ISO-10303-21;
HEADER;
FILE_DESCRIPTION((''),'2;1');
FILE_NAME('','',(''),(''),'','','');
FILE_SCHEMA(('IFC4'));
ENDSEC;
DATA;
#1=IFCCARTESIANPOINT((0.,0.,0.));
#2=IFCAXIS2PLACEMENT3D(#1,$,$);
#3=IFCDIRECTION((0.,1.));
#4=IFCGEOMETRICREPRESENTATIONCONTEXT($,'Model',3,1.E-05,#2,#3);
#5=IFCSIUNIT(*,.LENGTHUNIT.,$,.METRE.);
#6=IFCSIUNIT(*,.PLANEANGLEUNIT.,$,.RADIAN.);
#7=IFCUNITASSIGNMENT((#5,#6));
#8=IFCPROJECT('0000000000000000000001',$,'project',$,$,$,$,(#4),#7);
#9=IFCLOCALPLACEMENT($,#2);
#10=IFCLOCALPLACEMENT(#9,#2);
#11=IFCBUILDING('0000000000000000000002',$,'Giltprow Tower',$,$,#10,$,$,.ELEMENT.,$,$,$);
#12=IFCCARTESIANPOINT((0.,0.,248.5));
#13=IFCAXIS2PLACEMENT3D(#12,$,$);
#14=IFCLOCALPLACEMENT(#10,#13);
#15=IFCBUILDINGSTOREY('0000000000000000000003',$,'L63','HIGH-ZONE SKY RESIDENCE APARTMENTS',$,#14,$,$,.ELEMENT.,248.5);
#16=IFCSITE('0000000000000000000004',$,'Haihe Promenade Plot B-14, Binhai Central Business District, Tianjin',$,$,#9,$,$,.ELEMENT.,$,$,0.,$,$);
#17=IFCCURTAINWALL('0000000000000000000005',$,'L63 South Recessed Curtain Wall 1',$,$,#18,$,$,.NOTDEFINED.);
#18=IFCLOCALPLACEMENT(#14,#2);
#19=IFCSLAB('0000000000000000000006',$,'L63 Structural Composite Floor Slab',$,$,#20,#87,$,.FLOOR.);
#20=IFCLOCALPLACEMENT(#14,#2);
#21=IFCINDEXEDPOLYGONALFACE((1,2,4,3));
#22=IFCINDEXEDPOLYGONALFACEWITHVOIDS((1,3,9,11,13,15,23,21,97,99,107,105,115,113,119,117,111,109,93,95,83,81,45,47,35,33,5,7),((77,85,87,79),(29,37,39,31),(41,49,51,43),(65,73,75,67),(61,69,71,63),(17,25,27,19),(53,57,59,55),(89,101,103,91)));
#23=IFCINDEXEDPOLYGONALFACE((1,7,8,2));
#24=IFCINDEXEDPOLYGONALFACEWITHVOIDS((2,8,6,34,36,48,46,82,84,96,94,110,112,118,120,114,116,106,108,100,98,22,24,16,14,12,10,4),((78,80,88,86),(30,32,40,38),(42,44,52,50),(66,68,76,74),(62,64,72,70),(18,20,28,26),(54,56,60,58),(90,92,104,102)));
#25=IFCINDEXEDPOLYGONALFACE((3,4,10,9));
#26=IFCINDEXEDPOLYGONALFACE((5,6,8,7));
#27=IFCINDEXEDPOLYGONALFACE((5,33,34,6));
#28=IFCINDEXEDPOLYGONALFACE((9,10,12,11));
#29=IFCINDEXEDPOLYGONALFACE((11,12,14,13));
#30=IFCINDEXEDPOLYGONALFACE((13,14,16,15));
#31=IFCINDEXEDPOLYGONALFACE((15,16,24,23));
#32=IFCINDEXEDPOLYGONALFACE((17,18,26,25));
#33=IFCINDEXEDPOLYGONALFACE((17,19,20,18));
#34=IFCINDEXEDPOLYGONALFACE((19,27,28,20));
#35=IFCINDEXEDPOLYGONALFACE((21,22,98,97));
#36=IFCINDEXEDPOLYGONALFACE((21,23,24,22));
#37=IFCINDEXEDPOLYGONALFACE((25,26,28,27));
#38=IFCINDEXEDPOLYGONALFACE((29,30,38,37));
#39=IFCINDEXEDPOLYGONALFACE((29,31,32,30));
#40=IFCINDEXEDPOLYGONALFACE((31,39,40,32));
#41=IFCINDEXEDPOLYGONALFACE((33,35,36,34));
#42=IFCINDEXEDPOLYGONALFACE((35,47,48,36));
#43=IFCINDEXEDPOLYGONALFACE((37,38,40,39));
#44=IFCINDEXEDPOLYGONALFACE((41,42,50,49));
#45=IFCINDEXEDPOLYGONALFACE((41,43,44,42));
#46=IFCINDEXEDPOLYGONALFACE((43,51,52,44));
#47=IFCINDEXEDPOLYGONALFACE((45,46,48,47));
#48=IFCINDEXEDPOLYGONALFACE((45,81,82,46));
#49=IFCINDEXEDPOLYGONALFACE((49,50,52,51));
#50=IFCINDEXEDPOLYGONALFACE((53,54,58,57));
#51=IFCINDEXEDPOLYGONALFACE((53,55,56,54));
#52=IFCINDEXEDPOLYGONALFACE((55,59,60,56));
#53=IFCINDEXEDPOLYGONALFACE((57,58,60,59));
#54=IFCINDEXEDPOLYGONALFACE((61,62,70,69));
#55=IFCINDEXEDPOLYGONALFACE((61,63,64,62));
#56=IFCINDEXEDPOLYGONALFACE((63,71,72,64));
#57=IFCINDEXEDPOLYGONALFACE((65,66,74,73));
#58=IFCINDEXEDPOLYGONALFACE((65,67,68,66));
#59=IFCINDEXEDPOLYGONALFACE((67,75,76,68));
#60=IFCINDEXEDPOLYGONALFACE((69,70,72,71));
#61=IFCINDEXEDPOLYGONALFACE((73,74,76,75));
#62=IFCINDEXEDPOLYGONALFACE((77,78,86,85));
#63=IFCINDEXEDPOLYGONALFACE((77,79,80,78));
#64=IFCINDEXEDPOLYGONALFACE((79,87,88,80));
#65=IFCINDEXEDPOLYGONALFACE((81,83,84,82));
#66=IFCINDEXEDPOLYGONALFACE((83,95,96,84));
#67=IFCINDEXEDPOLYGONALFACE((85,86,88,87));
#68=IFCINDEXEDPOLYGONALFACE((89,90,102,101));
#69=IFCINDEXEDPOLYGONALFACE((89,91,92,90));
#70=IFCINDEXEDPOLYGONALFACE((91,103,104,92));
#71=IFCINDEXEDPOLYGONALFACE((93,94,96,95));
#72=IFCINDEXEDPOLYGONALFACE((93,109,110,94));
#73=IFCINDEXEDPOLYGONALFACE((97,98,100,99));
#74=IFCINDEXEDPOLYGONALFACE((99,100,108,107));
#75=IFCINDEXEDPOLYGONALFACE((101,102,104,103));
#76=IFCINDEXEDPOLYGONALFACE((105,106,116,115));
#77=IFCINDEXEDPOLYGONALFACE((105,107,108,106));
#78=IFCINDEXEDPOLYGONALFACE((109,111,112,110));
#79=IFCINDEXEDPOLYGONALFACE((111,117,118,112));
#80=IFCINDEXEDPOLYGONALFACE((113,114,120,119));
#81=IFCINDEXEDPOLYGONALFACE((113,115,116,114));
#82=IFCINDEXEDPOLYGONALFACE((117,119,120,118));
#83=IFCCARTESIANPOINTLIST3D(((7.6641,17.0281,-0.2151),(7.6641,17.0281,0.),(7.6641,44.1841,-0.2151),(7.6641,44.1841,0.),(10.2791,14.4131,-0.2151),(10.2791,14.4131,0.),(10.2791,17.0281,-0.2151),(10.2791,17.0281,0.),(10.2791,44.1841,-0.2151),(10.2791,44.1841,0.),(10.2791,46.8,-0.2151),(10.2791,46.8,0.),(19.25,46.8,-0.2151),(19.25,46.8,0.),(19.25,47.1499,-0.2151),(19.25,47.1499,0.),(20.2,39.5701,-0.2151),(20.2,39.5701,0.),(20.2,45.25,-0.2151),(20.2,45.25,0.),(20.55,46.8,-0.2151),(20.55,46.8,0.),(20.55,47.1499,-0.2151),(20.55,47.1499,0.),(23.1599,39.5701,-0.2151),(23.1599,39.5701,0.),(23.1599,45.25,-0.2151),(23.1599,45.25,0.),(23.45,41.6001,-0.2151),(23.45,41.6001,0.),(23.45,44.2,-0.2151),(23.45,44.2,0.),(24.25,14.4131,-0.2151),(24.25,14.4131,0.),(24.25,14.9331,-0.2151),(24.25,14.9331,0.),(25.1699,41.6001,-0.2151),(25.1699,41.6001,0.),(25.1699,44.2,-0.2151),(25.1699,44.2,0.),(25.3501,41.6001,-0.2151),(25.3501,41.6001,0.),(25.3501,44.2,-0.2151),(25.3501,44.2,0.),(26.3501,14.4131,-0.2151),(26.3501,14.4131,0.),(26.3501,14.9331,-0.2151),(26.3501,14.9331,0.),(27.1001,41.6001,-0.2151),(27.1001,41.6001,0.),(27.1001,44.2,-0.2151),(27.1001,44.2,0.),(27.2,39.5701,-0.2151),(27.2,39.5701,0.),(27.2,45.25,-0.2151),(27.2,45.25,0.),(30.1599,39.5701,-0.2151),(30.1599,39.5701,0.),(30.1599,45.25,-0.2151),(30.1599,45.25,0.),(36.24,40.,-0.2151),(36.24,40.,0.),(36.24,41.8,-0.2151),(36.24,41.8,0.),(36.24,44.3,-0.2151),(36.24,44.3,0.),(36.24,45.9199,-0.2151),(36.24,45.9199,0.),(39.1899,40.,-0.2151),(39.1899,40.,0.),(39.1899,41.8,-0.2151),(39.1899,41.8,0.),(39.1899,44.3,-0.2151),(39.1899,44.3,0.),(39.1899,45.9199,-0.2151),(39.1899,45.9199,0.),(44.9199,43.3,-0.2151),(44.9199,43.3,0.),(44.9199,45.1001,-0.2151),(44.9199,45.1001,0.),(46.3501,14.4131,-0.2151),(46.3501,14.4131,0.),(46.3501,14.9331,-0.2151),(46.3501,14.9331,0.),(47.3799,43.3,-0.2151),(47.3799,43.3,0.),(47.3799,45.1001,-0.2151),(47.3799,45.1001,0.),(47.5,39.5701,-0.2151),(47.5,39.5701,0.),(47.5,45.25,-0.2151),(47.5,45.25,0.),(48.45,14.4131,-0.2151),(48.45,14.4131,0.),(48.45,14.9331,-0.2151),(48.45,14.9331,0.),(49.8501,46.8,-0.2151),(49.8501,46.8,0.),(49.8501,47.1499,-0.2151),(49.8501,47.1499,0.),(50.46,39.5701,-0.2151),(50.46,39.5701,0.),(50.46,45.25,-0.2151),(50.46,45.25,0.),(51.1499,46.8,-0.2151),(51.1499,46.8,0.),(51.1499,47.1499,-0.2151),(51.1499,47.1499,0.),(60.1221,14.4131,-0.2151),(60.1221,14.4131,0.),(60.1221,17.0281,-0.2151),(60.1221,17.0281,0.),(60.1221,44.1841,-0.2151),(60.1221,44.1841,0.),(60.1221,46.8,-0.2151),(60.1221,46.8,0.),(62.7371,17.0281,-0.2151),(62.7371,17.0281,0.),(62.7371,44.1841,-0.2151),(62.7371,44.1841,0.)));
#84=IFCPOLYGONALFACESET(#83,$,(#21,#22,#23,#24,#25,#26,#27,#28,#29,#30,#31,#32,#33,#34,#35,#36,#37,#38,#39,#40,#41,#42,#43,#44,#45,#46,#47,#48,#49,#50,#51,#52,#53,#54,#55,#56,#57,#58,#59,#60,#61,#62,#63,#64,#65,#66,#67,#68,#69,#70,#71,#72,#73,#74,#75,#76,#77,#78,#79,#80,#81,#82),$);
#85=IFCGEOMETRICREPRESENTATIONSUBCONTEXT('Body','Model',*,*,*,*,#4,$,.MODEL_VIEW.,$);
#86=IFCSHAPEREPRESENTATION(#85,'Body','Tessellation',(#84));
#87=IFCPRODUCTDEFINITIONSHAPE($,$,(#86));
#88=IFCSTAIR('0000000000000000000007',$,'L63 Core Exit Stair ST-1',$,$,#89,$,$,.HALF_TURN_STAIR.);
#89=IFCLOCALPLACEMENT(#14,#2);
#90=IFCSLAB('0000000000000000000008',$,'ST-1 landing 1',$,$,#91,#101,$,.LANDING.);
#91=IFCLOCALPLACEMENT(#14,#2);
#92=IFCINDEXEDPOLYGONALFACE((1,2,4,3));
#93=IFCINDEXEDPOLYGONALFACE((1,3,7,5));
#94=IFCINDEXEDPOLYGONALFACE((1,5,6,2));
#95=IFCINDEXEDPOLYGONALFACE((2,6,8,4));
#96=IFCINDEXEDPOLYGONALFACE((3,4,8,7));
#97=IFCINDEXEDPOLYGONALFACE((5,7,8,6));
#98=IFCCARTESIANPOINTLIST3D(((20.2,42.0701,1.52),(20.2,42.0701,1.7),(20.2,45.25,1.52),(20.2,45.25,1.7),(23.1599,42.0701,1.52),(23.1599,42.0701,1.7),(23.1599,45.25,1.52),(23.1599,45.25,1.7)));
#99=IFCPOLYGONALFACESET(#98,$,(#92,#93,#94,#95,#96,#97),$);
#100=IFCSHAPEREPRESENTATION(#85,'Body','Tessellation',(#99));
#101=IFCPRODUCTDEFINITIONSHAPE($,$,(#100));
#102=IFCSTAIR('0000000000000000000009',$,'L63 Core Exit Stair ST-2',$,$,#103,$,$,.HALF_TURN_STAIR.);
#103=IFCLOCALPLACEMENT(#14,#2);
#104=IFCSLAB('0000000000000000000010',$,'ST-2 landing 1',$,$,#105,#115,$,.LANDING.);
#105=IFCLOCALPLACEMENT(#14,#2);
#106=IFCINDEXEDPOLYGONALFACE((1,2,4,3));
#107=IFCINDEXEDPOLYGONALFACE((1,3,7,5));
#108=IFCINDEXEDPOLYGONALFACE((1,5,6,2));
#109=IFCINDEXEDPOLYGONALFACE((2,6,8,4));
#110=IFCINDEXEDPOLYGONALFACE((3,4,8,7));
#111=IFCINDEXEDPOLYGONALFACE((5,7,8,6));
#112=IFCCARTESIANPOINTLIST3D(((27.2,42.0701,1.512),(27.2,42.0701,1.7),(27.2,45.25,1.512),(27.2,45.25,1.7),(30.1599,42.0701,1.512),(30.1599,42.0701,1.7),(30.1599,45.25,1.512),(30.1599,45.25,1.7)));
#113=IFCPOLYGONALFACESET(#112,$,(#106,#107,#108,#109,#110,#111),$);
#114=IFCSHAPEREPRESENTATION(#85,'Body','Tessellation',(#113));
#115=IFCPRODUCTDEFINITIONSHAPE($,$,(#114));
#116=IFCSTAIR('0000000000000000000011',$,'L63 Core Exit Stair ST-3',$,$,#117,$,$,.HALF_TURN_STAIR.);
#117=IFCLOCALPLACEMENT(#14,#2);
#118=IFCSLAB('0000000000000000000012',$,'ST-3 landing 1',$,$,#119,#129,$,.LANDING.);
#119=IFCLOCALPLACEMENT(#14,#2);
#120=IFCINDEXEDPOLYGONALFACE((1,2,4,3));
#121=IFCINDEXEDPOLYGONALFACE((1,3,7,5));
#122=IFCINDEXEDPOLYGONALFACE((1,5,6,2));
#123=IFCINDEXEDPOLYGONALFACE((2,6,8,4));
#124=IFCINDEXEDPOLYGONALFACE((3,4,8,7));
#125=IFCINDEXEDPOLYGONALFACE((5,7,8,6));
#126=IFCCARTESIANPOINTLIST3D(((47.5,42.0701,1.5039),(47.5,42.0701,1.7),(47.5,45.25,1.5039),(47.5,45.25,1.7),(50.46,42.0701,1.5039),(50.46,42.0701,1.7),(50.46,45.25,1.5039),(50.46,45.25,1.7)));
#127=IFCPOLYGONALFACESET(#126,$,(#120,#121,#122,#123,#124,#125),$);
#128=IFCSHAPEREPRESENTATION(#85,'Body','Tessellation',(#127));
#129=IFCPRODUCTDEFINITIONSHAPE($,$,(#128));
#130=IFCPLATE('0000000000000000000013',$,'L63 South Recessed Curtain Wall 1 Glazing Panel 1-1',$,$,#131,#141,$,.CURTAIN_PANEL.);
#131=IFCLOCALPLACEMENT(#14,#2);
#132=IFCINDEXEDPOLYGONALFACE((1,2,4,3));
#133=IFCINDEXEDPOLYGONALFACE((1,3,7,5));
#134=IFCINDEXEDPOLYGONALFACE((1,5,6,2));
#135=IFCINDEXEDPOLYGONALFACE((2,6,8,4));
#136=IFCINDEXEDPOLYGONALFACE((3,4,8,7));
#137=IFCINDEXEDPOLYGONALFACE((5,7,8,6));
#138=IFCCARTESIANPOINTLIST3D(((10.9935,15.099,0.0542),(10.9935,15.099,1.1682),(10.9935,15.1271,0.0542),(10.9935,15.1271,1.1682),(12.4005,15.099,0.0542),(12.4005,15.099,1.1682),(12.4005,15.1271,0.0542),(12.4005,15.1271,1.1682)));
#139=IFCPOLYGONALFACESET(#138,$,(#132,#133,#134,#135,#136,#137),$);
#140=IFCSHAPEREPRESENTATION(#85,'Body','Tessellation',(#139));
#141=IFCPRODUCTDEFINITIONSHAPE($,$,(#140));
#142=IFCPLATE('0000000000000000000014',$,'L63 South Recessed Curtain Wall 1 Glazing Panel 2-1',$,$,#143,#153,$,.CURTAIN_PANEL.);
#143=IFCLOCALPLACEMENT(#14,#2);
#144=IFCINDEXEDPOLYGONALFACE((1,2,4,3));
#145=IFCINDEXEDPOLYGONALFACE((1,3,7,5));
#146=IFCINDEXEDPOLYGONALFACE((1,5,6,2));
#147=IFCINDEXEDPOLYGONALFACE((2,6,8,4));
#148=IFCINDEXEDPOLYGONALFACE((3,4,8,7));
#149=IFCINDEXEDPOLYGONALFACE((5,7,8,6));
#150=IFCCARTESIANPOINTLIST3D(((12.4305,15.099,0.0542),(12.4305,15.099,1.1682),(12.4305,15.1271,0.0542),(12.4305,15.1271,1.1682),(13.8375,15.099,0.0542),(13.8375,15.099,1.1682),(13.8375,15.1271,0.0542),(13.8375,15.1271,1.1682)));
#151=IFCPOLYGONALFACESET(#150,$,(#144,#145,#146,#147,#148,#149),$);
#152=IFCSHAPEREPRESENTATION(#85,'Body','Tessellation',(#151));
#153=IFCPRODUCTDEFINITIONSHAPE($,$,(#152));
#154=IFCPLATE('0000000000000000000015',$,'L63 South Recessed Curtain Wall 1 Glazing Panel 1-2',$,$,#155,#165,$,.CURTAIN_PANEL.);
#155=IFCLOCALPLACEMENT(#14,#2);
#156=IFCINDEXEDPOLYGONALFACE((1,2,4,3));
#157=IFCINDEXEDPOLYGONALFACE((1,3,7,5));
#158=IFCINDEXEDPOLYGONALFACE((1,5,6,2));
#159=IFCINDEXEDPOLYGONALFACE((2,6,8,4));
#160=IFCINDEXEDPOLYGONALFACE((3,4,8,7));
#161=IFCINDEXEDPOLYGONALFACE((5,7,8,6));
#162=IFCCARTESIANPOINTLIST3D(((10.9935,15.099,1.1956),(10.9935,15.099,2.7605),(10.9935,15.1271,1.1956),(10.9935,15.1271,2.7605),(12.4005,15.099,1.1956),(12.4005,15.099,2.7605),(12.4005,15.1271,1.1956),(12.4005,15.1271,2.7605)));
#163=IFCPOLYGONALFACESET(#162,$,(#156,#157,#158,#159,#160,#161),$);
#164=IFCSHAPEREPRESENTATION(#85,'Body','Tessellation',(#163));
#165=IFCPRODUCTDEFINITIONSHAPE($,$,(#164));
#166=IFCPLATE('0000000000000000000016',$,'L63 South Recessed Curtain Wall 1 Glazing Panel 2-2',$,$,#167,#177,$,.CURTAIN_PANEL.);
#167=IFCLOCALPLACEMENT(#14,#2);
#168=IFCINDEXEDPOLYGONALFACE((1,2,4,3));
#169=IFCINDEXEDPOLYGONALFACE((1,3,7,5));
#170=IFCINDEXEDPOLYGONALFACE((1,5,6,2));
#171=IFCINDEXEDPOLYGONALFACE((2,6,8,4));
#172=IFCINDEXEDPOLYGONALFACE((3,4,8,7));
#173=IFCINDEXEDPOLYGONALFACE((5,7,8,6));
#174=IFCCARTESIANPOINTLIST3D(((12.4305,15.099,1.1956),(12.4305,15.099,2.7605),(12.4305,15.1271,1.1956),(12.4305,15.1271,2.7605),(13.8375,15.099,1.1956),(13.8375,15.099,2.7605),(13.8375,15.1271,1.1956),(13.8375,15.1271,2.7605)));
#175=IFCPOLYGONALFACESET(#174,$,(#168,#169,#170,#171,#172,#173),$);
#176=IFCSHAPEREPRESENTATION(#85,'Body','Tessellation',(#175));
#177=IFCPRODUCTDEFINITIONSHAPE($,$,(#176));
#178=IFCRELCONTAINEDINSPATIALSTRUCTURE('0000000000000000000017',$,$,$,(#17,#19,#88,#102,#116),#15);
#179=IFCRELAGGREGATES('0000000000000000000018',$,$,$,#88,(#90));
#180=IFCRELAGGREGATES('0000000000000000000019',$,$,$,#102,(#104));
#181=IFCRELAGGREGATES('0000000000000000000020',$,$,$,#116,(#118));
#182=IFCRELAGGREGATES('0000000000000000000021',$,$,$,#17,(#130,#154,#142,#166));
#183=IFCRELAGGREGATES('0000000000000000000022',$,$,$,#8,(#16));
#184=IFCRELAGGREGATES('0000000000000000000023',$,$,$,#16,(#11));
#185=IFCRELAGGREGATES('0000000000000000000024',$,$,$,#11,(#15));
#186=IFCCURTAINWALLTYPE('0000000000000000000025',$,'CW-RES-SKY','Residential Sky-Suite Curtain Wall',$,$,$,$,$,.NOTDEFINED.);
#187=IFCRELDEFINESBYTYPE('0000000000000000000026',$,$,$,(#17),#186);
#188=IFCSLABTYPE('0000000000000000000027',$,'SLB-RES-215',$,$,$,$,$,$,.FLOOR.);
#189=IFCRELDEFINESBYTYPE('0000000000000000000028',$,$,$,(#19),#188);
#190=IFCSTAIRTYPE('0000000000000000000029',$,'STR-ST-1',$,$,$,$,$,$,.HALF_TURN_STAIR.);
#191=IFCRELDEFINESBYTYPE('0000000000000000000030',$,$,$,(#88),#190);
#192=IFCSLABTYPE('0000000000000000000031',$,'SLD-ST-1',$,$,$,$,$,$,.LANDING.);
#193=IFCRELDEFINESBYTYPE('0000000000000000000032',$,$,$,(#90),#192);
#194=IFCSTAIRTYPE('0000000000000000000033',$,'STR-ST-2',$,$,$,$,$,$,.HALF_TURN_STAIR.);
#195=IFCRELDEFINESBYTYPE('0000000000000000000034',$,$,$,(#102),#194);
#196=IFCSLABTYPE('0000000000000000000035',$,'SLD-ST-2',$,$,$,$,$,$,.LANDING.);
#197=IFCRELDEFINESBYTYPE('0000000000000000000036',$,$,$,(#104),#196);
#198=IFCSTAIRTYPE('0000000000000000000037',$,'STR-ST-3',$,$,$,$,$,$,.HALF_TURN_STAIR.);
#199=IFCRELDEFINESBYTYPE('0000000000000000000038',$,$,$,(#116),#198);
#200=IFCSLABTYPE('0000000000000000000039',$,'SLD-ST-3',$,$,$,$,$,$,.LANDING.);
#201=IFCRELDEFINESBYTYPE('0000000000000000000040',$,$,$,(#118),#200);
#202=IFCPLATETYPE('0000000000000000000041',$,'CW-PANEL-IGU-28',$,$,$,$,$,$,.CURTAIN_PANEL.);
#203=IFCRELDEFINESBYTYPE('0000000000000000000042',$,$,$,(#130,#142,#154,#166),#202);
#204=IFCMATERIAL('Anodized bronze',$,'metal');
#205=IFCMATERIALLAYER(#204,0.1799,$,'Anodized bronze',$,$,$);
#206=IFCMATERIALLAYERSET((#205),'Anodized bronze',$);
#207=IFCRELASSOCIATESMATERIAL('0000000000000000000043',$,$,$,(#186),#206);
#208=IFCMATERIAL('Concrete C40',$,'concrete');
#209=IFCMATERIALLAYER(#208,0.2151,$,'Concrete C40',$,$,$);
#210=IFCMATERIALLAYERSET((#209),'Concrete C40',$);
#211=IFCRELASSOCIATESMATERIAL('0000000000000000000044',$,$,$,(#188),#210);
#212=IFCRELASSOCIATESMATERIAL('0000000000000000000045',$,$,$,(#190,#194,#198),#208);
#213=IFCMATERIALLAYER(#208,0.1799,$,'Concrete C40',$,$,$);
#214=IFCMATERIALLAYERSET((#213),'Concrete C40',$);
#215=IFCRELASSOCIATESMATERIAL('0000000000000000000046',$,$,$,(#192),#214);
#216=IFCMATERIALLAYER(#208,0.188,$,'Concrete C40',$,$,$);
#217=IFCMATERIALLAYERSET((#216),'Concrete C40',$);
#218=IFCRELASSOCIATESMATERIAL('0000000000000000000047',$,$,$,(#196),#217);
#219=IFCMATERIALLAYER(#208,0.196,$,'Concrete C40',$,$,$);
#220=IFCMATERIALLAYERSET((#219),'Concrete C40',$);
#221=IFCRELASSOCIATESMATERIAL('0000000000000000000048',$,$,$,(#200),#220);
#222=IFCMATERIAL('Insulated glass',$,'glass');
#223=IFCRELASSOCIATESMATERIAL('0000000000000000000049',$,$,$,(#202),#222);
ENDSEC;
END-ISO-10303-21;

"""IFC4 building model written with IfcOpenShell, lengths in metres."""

from ifc_helpers import new_model, si_unit, direction, frame, origin, origin_2d, place, context, subcontext, project, spatial, polyline, rectangle, outline, extrude, source, transform, mapped, material, layer, layer_set, type_object, element, aggregate, save


model = new_model("IFC4")

# Units and contexts
model_context = context("Model", 3, precision=1e-05, world=origin(), true_north=direction((0.0, 1.0)))
body_context = subcontext(model_context, "Body", "Model", "MODEL_VIEW")
ifc_project = project(units=[si_unit("LENGTHUNIT", "METRE"), si_unit("PLANEANGLEUNIT", "RADIAN")], contexts=[model_context])

# Site, building, storey
site_placement = place(None, origin())
site = spatial("IfcSite", under=ifc_project, at=site_placement, Name="Haihe Promenade Plot B-14, Binhai Central Business District, Tianjin", CompositionType="ELEMENT", RefElevation=0.0)
building_placement = place(site_placement, origin())
building = spatial("IfcBuilding", under=site, at=building_placement, Name="Giltprow Tower", CompositionType="ELEMENT")
storey_placement = place(building_placement, frame((0.0, 0.0, 248.5)))
storey = spatial("IfcBuildingStorey", under=building, at=storey_placement, Name="L63", Description="HIGH-ZONE SKY RESIDENCE APARTMENTS", CompositionType="ELEMENT", Elevation=248.5)

# Curtain wall
ifc_material_1 = material(Name="Anodized bronze", Category="metal")
ifc_layer_1 = layer(ifc_material_1, 0.1799, Name="Anodized bronze")
ifc_layer_set_1 = layer_set([ifc_layer_1], Name="Anodized bronze")
curtain_wall_type = type_object("IfcCurtainWallType", Name="CW-RES-SKY", Description="Residential Sky-Suite Curtain Wall", PredefinedType="NOTDEFINED", material=ifc_layer_set_1)
curtain_wall_placement = place(storey_placement, origin())
curtain_wall = element("IfcCurtainWall", 1, at=curtain_wall_placement, inside=storey, type_object=curtain_wall_type, Name="L63 South Recessed Curtain Wall 1", PredefinedType="NOTDEFINED")

# Slab
ifc_material_2 = material(Name="Concrete C40", Category="concrete")
ifc_layer_2 = layer(ifc_material_2, 0.2151, Name="Concrete C40")
ifc_layer_set_2 = layer_set([ifc_layer_2], Name="Concrete C40")
slab_type_1 = type_object("IfcSlabType", Name="SLB-RES-215", PredefinedType="FLOOR", material=ifc_layer_set_2)
slab_1_placement = place(storey_placement, frame((0.0, 0.0, -0.2151)))
element("IfcSlab", 2, at=slab_1_placement, inside=storey, type_object=slab_type_1, Name="L63 Structural Composite Floor Slab", PredefinedType="FLOOR", context=body_context, shape_type="SweptSolid", body=[
    extrude(outline(polyline([(62.7371, 44.1841), (62.7371, 17.0281), (60.1221, 17.0281), (60.1221, 14.4131), (48.45, 14.4131), (48.45, 14.9331), (46.3501, 14.9331), (46.3501, 14.4131), (26.3501, 14.4131), (26.3501, 14.9331), (24.25, 14.9331), (24.25, 14.4131), (10.2791, 14.4131), (10.2791, 17.0281), (7.6641, 17.0281), (7.6641, 44.1841), (10.2791, 44.1841), (10.2791, 46.8), (19.25, 46.8), (19.25, 47.1499), (20.55, 47.1499), (20.55, 46.8), (49.8501, 46.8), (49.8501, 47.1499), (51.1499, 47.1499), (51.1499, 46.8), (60.1221, 46.8), (60.1221, 44.1841), (62.7371, 44.1841)]), holes=[polyline([(39.1899, 41.8), (36.24, 41.8), (36.24, 40.0), (39.1899, 40.0), (39.1899, 41.8)]), polyline([(23.1599, 39.5701), (23.1599, 45.25), (20.2, 45.25), (20.2, 39.5701), (23.1599, 39.5701)]), polyline([(30.1599, 39.5701), (30.1599, 45.25), (27.2, 45.25), (27.2, 39.5701), (30.1599, 39.5701)]), polyline([(50.46, 45.25), (47.5, 45.25), (47.5, 39.5701), (50.46, 39.5701), (50.46, 45.25)]), polyline([(25.1699, 44.2), (23.45, 44.2), (23.45, 41.6001), (25.1699, 41.6001), (25.1699, 44.2)]), polyline([(27.1001, 44.2), (25.3501, 44.2), (25.3501, 41.6001), (27.1001, 41.6001), (27.1001, 44.2)]), polyline([(47.3799, 43.3), (47.3799, 45.1001), (44.9199, 45.1001), (44.9199, 43.3), (47.3799, 43.3)]), polyline([(39.1899, 44.3), (39.1899, 45.9199), (36.24, 45.9199), (36.24, 44.3), (39.1899, 44.3)])]), origin(), (0.0, 0.0, 1.0), 0.2151),
])

# Stairs, slabs
stair_type_1 = type_object("IfcStairType", Name="STR-ST-1", PredefinedType="HALF_TURN_STAIR", material=ifc_material_2)
stair_1_placement = place(storey_placement, origin())
stair_1 = element("IfcStair", 3, at=stair_1_placement, inside=storey, type_object=stair_type_1, Name="L63 Core Exit Stair ST-1", PredefinedType="HALF_TURN_STAIR")
ifc_layer_3 = layer(ifc_material_2, 0.1799, Name="Concrete C40")
ifc_layer_set_3 = layer_set([ifc_layer_3], Name="Concrete C40")
slab_type_2 = type_object("IfcSlabType", Name="SLD-ST-1", PredefinedType="LANDING", material=ifc_layer_set_3)
slab_2_placement = place(storey_placement, frame((0.0, 0.0, 1.52)))
slab_2 = element("IfcSlab", 4, at=slab_2_placement, type_object=slab_type_2, Name="ST-1 landing 1", PredefinedType="LANDING", context=body_context, shape_type="SweptSolid", body=[
    extrude(outline(polyline([(23.1599, 42.0701), (23.1599, 45.25), (20.2, 45.25), (20.2, 42.0701), (23.1599, 42.0701)])), origin(), (0.0, 0.0, 1.0), 0.1799),
])
aggregate(stair_1, [slab_2])
stair_type_2 = type_object("IfcStairType", Name="STR-ST-2", PredefinedType="HALF_TURN_STAIR", material=ifc_material_2)
stair_2_placement = place(storey_placement, origin())
stair_2 = element("IfcStair", 5, at=stair_2_placement, inside=storey, type_object=stair_type_2, Name="L63 Core Exit Stair ST-2", PredefinedType="HALF_TURN_STAIR")
ifc_layer_4 = layer(ifc_material_2, 0.188, Name="Concrete C40")
ifc_layer_set_4 = layer_set([ifc_layer_4], Name="Concrete C40")
slab_type_3 = type_object("IfcSlabType", Name="SLD-ST-2", PredefinedType="LANDING", material=ifc_layer_set_4)
slab_3_placement = place(storey_placement, frame((0.0, 0.0, 1.512)))
slab_3 = element("IfcSlab", 6, at=slab_3_placement, type_object=slab_type_3, Name="ST-2 landing 1", PredefinedType="LANDING", context=body_context, shape_type="SweptSolid", body=[
    extrude(outline(polyline([(30.1599, 42.0701), (30.1599, 45.25), (27.2, 45.25), (27.2, 42.0701), (30.1599, 42.0701)])), origin(), (0.0, 0.0, 1.0), 0.188),
])
aggregate(stair_2, [slab_3])
stair_type_3 = type_object("IfcStairType", Name="STR-ST-3", PredefinedType="HALF_TURN_STAIR", material=ifc_material_2)
stair_3_placement = place(storey_placement, origin())
stair_3 = element("IfcStair", 7, at=stair_3_placement, inside=storey, type_object=stair_type_3, Name="L63 Core Exit Stair ST-3", PredefinedType="HALF_TURN_STAIR")
ifc_layer_5 = layer(ifc_material_2, 0.196, Name="Concrete C40")
ifc_layer_set_5 = layer_set([ifc_layer_5], Name="Concrete C40")
slab_type_4 = type_object("IfcSlabType", Name="SLD-ST-3", PredefinedType="LANDING", material=ifc_layer_set_5)
slab_4_placement = place(storey_placement, frame((0.0, 0.0, 1.5039)))
slab_4 = element("IfcSlab", 8, at=slab_4_placement, type_object=slab_type_4, Name="ST-3 landing 1", PredefinedType="LANDING", context=body_context, shape_type="SweptSolid", body=[
    extrude(outline(polyline([(50.46, 42.0701), (50.46, 45.25), (47.5, 45.25), (47.5, 42.0701), (50.46, 42.0701)])), origin(), (0.0, 0.0, 1.0), 0.196),
])
aggregate(stair_3, [slab_4])

# Plates
ifc_material_3 = material(Name="Insulated glass", Category="glass")
plate_type = type_object("IfcPlateType", Name="CW-PANEL-IGU-28", PredefinedType="CURTAIN_PANEL", material=ifc_material_3)
shared_shape_1 = source(origin(), body_context, "Body", "SweptSolid", [
    extrude(rectangle(XDim=1.407, YDim=0.0281, at=origin_2d()), origin(), (0.0, 0.0, 1.0), 1.114),
])
plate_1_placement = place(storey_placement, frame((11.697, 15.113, 0.0542), z_axis=(0.0, 0.0, 1.0), x_axis=(1.0, 0.0, 0.0)))
plate_1 = element("IfcPlate", 9, at=plate_1_placement, type_object=plate_type, Name="L63 South Recessed Curtain Wall 1 Glazing Panel 1-1", PredefinedType="CURTAIN_PANEL", context=body_context, shape_type="MappedRepresentation", body=[
    mapped(shared_shape_1, transform((0.0, 0.0, 0.0), x_axis=(1.0, 0.0, 0.0), y_axis=(0.0, 1.0, 0.0), z_axis=(0.0, 0.0, 1.0), scale=1.0)),
])
plate_2_placement = place(storey_placement, frame((13.134, 15.113, 0.0542), z_axis=(0.0, 0.0, 1.0), x_axis=(1.0, 0.0, 0.0)))
plate_2 = element("IfcPlate", 10, at=plate_2_placement, type_object=plate_type, Name="L63 South Recessed Curtain Wall 1 Glazing Panel 2-1", PredefinedType="CURTAIN_PANEL", context=body_context, shape_type="MappedRepresentation", body=[
    mapped(shared_shape_1, transform((0.0, 0.0, 0.0), x_axis=(1.0, 0.0, 0.0), y_axis=(0.0, 1.0, 0.0), z_axis=(0.0, 0.0, 1.0), scale=1.0)),
])
shared_shape_2 = source(origin(), body_context, "Body", "SweptSolid", [
    extrude(rectangle(XDim=1.407, YDim=0.0281, at=origin_2d()), origin(), (0.0, 0.0, 1.0), 1.5649),
])
plate_3_placement = place(storey_placement, frame((11.697, 15.113, 1.1956), z_axis=(0.0, 0.0, 1.0), x_axis=(1.0, 0.0, 0.0)))
plate_3 = element("IfcPlate", 11, at=plate_3_placement, type_object=plate_type, Name="L63 South Recessed Curtain Wall 1 Glazing Panel 1-2", PredefinedType="CURTAIN_PANEL", context=body_context, shape_type="MappedRepresentation", body=[
    mapped(shared_shape_2, transform((0.0, 0.0, 0.0), x_axis=(1.0, 0.0, 0.0), y_axis=(0.0, 1.0, 0.0), z_axis=(0.0, 0.0, 1.0), scale=1.0)),
])
plate_4_placement = place(storey_placement, frame((13.134, 15.113, 1.1956), z_axis=(0.0, 0.0, 1.0), x_axis=(1.0, 0.0, 0.0)))
plate_4 = element("IfcPlate", 12, at=plate_4_placement, type_object=plate_type, Name="L63 South Recessed Curtain Wall 1 Glazing Panel 2-2", PredefinedType="CURTAIN_PANEL", context=body_context, shape_type="MappedRepresentation", body=[
    mapped(shared_shape_2, transform((0.0, 0.0, 0.0), x_axis=(1.0, 0.0, 0.0), y_axis=(0.0, 1.0, 0.0), z_axis=(0.0, 0.0, 1.0), scale=1.0)),
])
aggregate(curtain_wall, [plate_1, plate_3, plate_2, plate_4])

save(model, "model.ifc")
